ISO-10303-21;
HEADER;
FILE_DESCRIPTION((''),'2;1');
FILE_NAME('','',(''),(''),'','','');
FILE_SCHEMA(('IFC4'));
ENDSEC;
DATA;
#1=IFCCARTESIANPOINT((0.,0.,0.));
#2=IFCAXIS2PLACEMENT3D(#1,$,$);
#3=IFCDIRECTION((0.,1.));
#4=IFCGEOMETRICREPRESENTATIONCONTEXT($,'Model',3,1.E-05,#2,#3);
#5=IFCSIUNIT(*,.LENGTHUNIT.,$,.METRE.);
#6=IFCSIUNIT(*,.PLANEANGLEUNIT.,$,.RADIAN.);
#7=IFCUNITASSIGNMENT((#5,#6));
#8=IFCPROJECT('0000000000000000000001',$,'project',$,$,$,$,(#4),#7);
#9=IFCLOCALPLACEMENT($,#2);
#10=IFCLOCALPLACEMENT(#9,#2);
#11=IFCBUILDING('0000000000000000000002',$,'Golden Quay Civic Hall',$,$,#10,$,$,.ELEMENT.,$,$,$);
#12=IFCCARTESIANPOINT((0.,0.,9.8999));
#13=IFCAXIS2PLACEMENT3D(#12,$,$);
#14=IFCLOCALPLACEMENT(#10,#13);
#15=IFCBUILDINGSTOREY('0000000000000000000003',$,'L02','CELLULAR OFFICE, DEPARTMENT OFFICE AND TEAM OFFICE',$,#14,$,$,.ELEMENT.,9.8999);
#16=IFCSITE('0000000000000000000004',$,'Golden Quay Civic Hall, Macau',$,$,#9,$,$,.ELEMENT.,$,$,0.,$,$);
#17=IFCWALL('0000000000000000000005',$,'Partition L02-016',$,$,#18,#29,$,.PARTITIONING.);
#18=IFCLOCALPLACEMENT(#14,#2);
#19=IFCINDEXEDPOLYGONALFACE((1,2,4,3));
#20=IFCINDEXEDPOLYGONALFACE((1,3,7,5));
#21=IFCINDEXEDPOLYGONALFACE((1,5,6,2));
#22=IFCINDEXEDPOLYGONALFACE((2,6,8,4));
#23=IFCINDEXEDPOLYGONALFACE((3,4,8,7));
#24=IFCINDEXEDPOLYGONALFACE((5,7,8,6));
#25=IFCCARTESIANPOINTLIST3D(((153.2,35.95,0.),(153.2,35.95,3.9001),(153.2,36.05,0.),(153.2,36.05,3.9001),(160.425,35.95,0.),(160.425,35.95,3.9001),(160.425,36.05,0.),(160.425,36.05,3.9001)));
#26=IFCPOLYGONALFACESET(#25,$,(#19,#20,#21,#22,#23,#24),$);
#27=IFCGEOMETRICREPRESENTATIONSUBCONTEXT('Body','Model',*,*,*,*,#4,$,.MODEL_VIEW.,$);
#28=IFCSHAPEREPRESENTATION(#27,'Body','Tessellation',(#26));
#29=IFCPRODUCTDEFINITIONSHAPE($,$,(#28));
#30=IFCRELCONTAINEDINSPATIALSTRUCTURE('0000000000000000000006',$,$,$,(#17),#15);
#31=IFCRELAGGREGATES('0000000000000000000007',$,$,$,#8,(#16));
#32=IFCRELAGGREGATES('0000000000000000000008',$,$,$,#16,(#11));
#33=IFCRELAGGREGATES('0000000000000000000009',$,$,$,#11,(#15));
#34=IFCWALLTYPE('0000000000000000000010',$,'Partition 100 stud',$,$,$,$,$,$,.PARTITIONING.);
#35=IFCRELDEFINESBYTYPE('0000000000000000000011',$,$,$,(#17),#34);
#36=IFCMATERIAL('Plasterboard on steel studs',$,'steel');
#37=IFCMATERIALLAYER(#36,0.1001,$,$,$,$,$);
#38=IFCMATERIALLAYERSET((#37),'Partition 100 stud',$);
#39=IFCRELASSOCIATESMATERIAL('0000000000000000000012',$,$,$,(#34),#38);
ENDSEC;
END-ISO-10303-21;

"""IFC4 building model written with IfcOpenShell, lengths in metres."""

from ifc_helpers import new_model, si_unit, direction, frame, frame_2d, origin, place, context, subcontext, project, spatial, rectangle, extrude, material, layer, layer_set, type_object, element, save


model = new_model("IFC4")

# Units and contexts
model_context = context("Model", 3, precision=1e-05, world=origin(), true_north=direction((0.0, 1.0)))
body_context = subcontext(model_context, "Body", "Model", "MODEL_VIEW")
ifc_project = project(units=[si_unit("LENGTHUNIT", "METRE"), si_unit("PLANEANGLEUNIT", "RADIAN")], contexts=[model_context])

# Site, building, storey
site_placement = place(None, origin())
site = spatial("IfcSite", under=ifc_project, at=site_placement, Name="Golden Quay Civic Hall, Macau", CompositionType="ELEMENT", RefElevation=0.0)
building_placement = place(site_placement, origin())
building = spatial("IfcBuilding", under=site, at=building_placement, Name="Golden Quay Civic Hall", CompositionType="ELEMENT")
storey_placement = place(building_placement, frame((0.0, 0.0, 9.8999)))
storey = spatial("IfcBuildingStorey", under=building, at=storey_placement, Name="L02", Description="CELLULAR OFFICE, DEPARTMENT OFFICE AND TEAM OFFICE", CompositionType="ELEMENT", Elevation=9.8999)

# Wall
ifc_material_1 = material(Name="Plasterboard on steel studs", Category="steel")
ifc_layer_1 = layer(ifc_material_1, 0.1001)
ifc_layer_set_1 = layer_set([ifc_layer_1], Name="Partition 100 stud")
wall_type_1 = type_object("IfcWallType", Name="Partition 100 stud", PredefinedType="PARTITIONING", material=ifc_layer_set_1)
wall_1_placement = place(storey_placement, frame((153.2, 36.0, 0.0), z_axis=(0.0, 0.0, 1.0), x_axis=(1.0, 0.0, 0.0)))
element("IfcWall", 1, at=wall_1_placement, inside=storey, type_object=wall_type_1, Name="Partition L02-016", PredefinedType="PARTITIONING", context=body_context, shape_type="SweptSolid", body=[
    extrude(rectangle(XDim=7.2251, YDim=0.1001, at=frame_2d((3.6125, 0.0))), origin(), (0.0, 0.0, 1.0), 3.9001),
])

save(model, "model.ifc")
